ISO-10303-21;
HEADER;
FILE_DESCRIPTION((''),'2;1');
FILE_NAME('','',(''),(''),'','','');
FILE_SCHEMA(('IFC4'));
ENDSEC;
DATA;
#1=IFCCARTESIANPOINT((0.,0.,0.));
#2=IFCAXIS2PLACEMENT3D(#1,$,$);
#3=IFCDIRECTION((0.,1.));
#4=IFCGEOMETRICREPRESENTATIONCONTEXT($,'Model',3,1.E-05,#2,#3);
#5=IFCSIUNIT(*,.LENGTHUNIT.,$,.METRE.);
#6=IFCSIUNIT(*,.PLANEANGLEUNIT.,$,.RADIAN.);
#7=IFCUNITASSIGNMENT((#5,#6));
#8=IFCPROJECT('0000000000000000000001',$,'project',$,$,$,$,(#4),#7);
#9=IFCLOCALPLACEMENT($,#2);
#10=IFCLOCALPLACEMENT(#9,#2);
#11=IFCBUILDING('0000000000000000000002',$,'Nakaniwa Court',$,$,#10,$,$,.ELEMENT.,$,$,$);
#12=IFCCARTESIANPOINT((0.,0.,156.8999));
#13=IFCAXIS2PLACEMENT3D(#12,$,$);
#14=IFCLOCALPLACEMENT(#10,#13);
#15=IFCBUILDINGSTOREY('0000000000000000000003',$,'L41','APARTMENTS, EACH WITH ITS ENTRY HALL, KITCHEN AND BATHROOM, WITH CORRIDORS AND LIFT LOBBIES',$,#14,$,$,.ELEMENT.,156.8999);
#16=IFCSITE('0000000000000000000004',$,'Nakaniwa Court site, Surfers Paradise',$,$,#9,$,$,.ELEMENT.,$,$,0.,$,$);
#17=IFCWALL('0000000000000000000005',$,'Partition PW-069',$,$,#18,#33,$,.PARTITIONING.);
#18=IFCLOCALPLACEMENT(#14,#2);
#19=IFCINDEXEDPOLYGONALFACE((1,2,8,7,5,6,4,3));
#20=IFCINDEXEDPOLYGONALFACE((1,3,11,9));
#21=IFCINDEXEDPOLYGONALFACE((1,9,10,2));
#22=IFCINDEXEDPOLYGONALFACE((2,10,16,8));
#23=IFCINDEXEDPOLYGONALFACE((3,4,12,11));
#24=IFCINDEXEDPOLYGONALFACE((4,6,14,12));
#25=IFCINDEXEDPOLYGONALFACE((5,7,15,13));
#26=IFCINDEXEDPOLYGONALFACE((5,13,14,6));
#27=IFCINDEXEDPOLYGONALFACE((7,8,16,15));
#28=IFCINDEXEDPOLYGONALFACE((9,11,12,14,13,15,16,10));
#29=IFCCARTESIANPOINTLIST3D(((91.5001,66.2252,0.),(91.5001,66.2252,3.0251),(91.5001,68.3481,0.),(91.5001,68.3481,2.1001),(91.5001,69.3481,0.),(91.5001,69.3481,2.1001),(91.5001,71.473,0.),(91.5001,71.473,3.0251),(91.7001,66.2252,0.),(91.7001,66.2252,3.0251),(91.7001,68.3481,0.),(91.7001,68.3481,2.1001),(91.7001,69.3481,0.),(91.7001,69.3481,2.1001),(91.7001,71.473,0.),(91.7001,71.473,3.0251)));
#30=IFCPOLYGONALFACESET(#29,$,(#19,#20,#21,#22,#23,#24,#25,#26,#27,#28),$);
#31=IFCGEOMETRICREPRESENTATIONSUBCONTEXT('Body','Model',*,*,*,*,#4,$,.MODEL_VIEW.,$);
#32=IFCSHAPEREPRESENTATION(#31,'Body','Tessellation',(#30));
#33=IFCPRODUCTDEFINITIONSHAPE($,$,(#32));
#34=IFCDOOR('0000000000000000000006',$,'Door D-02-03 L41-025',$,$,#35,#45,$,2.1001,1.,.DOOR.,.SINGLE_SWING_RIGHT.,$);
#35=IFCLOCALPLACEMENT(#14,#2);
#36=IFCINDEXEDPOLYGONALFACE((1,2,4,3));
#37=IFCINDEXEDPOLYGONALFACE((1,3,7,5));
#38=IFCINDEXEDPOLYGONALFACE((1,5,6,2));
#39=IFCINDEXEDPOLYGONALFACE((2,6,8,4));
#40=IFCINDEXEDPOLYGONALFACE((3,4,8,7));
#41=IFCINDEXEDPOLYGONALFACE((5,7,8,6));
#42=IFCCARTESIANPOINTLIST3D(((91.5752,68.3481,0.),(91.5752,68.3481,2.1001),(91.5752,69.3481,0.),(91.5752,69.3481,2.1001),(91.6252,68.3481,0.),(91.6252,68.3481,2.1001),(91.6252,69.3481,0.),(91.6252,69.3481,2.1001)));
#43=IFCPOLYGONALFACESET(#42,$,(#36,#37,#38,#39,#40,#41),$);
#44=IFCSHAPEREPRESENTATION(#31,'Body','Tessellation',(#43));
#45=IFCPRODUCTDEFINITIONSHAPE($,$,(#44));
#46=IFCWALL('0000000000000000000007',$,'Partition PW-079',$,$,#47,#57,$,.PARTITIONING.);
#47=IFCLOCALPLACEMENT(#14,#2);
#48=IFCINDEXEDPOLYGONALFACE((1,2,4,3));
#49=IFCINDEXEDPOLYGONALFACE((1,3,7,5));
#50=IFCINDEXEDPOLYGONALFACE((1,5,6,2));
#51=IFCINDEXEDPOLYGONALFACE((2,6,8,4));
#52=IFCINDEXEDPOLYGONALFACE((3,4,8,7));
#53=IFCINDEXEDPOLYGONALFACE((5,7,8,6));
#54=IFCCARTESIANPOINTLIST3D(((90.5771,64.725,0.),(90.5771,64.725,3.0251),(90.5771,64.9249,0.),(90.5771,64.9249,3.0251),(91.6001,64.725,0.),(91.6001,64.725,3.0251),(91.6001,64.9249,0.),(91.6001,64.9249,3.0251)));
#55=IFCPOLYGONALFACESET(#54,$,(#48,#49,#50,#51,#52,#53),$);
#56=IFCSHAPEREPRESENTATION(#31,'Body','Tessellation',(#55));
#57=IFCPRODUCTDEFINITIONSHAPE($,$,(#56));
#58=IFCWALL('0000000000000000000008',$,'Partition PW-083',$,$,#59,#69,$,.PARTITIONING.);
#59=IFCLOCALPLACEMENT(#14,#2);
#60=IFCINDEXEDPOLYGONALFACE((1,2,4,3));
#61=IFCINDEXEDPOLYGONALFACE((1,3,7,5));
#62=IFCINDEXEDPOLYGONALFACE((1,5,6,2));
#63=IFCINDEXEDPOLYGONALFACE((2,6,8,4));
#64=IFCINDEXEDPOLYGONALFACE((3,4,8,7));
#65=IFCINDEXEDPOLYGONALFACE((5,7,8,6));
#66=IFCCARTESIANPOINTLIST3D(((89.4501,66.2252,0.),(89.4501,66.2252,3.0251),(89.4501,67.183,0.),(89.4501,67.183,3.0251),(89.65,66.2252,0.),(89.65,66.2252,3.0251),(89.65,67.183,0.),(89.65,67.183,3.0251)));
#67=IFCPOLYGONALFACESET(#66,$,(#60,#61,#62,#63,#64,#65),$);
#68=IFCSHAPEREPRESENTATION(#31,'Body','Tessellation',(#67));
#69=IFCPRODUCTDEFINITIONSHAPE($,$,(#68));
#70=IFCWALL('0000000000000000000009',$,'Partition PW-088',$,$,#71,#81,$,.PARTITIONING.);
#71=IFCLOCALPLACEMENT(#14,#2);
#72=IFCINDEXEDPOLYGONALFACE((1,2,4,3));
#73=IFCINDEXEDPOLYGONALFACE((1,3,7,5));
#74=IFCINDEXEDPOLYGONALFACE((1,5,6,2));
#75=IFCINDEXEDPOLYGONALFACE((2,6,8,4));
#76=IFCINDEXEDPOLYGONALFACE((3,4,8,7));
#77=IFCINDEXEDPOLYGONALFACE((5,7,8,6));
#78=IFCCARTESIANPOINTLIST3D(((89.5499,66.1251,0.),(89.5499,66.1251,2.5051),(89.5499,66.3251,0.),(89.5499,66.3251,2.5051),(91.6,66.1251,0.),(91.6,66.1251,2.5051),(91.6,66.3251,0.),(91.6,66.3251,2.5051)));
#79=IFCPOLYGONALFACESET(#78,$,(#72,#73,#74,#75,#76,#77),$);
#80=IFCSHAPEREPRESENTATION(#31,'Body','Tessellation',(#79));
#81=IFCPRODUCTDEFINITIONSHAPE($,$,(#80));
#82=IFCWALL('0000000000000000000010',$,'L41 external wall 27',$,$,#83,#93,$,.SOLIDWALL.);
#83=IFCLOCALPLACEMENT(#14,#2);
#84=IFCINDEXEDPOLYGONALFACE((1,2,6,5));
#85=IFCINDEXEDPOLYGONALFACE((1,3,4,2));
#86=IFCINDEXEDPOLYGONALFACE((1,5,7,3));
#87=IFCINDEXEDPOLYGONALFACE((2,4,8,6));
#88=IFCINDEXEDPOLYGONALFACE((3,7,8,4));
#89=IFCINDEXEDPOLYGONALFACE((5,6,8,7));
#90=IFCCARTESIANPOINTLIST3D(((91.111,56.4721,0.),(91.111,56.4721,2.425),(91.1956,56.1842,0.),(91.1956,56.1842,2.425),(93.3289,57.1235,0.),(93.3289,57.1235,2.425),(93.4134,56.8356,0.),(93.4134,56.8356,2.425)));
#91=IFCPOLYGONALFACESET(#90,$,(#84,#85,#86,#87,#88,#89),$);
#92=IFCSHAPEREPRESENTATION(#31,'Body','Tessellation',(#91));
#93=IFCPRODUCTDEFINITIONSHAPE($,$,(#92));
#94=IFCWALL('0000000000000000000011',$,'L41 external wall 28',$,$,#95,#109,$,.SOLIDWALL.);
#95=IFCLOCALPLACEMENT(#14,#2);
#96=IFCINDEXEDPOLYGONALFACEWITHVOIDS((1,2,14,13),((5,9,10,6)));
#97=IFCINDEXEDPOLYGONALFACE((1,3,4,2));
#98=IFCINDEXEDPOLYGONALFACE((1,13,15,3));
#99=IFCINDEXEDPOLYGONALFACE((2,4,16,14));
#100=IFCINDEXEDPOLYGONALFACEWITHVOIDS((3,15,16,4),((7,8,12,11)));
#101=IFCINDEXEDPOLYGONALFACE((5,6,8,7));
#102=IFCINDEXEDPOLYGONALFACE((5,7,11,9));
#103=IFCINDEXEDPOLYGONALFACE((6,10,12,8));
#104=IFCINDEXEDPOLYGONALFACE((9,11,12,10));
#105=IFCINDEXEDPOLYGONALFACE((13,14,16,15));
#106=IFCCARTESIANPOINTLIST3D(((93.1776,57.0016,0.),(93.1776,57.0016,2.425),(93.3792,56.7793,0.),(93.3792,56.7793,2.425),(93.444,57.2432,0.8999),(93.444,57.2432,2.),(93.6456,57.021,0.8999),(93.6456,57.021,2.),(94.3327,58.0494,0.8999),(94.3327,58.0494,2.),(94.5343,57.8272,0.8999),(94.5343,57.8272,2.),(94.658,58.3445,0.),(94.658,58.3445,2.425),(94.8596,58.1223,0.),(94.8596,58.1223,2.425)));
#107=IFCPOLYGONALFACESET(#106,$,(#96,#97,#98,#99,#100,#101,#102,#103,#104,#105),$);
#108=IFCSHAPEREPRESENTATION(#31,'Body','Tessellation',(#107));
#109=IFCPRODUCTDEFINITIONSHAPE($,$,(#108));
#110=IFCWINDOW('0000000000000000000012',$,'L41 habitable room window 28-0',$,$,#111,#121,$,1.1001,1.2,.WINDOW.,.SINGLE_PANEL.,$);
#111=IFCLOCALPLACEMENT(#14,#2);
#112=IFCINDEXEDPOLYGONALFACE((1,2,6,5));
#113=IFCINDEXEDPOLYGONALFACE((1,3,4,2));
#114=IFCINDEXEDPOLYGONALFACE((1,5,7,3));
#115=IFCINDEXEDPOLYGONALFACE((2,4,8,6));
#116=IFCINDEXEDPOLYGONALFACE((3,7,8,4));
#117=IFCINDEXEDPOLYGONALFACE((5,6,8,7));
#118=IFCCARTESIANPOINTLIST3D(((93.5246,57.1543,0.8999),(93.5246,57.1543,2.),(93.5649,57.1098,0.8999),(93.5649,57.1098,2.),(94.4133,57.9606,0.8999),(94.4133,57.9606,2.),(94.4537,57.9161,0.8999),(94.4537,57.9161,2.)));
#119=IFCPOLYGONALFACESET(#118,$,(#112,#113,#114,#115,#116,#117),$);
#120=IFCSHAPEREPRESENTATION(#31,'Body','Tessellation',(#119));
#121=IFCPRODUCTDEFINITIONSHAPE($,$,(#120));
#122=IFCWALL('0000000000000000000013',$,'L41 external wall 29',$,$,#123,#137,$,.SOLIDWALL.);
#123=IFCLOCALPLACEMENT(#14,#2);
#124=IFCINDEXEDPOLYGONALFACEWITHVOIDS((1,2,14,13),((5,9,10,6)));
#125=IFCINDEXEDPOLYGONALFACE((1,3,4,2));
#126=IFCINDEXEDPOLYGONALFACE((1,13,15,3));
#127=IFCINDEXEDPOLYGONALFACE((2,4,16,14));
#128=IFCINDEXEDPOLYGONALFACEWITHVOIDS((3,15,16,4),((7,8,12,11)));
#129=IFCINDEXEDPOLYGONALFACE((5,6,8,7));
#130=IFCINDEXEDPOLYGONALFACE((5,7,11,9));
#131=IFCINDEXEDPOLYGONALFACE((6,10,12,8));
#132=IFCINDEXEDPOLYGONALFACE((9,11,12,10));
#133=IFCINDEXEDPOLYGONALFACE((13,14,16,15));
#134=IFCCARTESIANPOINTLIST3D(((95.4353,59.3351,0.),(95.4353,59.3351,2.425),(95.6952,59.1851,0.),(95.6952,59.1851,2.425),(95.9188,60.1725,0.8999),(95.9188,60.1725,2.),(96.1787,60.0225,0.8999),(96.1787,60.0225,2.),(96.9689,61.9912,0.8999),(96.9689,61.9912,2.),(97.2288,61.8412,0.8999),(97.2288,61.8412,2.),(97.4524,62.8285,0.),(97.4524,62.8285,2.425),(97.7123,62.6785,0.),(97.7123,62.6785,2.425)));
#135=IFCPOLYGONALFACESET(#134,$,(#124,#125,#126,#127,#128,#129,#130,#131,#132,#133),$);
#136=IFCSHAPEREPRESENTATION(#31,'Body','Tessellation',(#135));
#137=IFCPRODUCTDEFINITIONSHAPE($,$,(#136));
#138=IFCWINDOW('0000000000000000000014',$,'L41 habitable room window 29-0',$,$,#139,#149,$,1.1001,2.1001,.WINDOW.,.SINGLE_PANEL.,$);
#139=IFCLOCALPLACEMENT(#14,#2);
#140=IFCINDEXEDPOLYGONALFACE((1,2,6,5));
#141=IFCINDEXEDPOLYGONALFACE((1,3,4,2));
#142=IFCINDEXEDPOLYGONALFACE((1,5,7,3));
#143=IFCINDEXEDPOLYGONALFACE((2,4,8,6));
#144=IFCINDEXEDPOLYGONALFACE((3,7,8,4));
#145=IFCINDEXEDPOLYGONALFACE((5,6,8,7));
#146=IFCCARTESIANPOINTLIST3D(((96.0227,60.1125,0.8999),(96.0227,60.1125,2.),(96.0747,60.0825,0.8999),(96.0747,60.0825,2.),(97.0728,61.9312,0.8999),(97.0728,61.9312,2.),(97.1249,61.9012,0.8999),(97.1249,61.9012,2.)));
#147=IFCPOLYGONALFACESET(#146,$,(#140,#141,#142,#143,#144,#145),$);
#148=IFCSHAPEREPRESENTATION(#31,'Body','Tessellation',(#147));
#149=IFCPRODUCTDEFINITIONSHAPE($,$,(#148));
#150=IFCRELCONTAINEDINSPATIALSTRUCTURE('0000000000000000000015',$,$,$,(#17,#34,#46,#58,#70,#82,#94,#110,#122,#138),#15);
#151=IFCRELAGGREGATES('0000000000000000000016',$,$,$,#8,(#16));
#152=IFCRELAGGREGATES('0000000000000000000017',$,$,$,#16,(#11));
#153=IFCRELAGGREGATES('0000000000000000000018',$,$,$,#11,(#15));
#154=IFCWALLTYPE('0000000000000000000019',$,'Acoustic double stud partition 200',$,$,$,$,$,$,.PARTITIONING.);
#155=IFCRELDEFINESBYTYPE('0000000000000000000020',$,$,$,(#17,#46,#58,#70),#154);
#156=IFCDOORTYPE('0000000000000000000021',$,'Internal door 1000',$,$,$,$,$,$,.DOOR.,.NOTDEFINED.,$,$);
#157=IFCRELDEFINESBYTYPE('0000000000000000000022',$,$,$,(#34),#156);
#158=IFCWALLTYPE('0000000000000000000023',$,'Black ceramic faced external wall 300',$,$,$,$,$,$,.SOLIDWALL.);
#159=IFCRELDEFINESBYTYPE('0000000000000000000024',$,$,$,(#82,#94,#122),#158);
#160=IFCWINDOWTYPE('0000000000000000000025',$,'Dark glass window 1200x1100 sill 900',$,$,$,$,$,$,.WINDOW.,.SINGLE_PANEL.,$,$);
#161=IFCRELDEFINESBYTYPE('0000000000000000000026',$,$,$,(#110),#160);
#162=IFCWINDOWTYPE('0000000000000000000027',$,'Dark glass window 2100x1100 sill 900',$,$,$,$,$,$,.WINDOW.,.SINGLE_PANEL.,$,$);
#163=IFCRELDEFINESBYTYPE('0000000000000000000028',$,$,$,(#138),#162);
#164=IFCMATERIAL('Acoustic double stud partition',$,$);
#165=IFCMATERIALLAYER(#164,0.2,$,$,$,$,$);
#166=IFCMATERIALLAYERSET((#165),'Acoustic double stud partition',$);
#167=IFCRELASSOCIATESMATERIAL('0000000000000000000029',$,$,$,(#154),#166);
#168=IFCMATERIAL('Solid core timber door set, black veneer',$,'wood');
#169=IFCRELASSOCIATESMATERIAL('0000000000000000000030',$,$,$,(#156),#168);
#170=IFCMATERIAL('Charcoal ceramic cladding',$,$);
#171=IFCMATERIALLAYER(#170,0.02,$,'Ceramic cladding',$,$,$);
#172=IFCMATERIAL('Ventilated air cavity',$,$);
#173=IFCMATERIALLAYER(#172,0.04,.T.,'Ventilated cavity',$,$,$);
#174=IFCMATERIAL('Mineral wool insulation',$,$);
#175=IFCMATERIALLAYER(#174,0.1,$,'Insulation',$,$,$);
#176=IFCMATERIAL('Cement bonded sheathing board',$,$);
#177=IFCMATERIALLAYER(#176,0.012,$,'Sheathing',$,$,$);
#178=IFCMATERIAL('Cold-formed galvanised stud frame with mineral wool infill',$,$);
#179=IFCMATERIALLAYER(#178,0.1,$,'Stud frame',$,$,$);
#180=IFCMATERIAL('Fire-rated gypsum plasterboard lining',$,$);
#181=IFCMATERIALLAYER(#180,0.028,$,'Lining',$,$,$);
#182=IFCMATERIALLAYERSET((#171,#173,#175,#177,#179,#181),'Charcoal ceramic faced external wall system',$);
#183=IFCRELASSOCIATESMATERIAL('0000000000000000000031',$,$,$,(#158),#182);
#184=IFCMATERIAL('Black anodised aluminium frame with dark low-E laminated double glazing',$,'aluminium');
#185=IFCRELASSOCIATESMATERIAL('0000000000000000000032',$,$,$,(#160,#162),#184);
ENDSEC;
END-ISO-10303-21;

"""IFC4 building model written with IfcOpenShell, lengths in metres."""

from ifc_helpers import new_model, si_unit, direction, frame, frame_2d, origin, place, context, subcontext, project, spatial, rectangle, extrude, material, layer, layer_set, type_object, element, fill, save


model = new_model("IFC4")

# Units and contexts
model_context = context("Model", 3, precision=1e-05, world=origin(), true_north=direction((0.0, 1.0)))
body_context = subcontext(model_context, "Body", "Model", "MODEL_VIEW")
ifc_project = project(units=[si_unit("LENGTHUNIT", "METRE"), si_unit("PLANEANGLEUNIT", "RADIAN")], contexts=[model_context])

# Site, building, storey
site_placement = place(None, origin())
site = spatial("IfcSite", under=ifc_project, at=site_placement, Name="Nakaniwa Court site, Surfers Paradise", CompositionType="ELEMENT", RefElevation=0.0)
building_placement = place(site_placement, origin())
building = spatial("IfcBuilding", under=site, at=building_placement, Name="Nakaniwa Court", CompositionType="ELEMENT")
storey_placement = place(building_placement, frame((0.0, 0.0, 156.8999)))
storey = spatial("IfcBuildingStorey", under=building, at=storey_placement, Name="L41", Description="APARTMENTS, EACH WITH ITS ENTRY HALL, KITCHEN AND BATHROOM, WITH CORRIDORS AND LIFT LOBBIES", CompositionType="ELEMENT", Elevation=156.8999)

# Shared definitions
ifc_material_1 = material(Name="Acoustic double stud partition")
ifc_layer_1 = layer(ifc_material_1, 0.2)
ifc_layer_set_1 = layer_set([ifc_layer_1], Name="Acoustic double stud partition")
wall_type_1 = type_object("IfcWallType", Name="Acoustic double stud partition 200", PredefinedType="PARTITIONING", material=ifc_layer_set_1)

# Wall, opening, door
ifc_material_2 = material(Name="Solid core timber door set, black veneer", Category="wood")
door_type = type_object("IfcDoorType", Name="Internal door 1000", OperationType="NOTDEFINED", PredefinedType="DOOR", material=ifc_material_2)
wall_1_placement = place(storey_placement, frame((91.6001, 66.2251, 0.0), z_axis=(0.0, 0.0, 1.0), x_axis=(0.0, 1.0, 0.0)))
wall_1 = element("IfcWall", 1, at=wall_1_placement, inside=storey, type_object=wall_type_1, Name="Partition PW-069", PredefinedType="PARTITIONING", context=body_context, shape_type="SweptSolid", body=[
    extrude(rectangle(XDim=5.2478, YDim=0.2, at=frame_2d((2.624, 0.0))), origin(), (0.0, 0.0, 1.0), 3.0251),
])
opening_1_placement = place(wall_1_placement, frame((2.123, 0.0, 0.0)))
opening_1 = element("IfcOpeningElement", 2, at=opening_1_placement, cuts=wall_1, PredefinedType="OPENING", context=body_context, shape_type="SweptSolid", body=[
    extrude(rectangle(XDim=1.0, YDim=2.1001, at=frame_2d((0.5, 1.05))), frame((0.0, 0.1099, 0.0), z_axis=(0.0, -1.0, 0.0), x_axis=(1.0, 0.0, 0.0)), (0.0, 0.0, 1.0), 0.22),
])
door_1_placement = place(opening_1_placement, origin())
door_1 = element("IfcDoor", 3, at=door_1_placement, inside=storey, type_object=door_type, Name="Door D-02-03 L41-025", OperationType="SINGLE_SWING_RIGHT", OverallHeight=2.1001, OverallWidth=1.0, PredefinedType="DOOR", context=body_context, shape_type="SweptSolid", body=[
    extrude(rectangle(XDim=1.0, YDim=2.1001, at=frame_2d((0.5, 1.05))), frame((0.0, 0.0249, 0.0), z_axis=(0.0, -1.0, 0.0), x_axis=(1.0, 0.0, 0.0)), (0.0, 0.0, 1.0), 0.05),
])
fill(opening_1, door_1)

# Walls
wall_2_placement = place(storey_placement, frame((90.5771, 64.825, 0.0), z_axis=(0.0, 0.0, 1.0), x_axis=(1.0, 0.0, 0.0)))
element("IfcWall", 4, at=wall_2_placement, inside=storey, type_object=wall_type_1, Name="Partition PW-079", PredefinedType="PARTITIONING", context=body_context, shape_type="SweptSolid", body=[
    extrude(rectangle(XDim=1.0229, YDim=0.2, at=frame_2d((0.5115, 0.0))), origin(), (0.0, 0.0, 1.0), 3.0251),
])
wall_3_placement = place(storey_placement, frame((89.55, 66.2251, 0.0), z_axis=(0.0, 0.0, 1.0), x_axis=(0.0, 1.0, 0.0)))
element("IfcWall", 5, at=wall_3_placement, inside=storey, type_object=wall_type_1, Name="Partition PW-083", PredefinedType="PARTITIONING", context=body_context, shape_type="SweptSolid", body=[
    extrude(rectangle(XDim=0.9578, YDim=0.2, at=frame_2d((0.479, 0.0))), origin(), (0.0, 0.0, 1.0), 3.0251),
])
wall_4_placement = place(storey_placement, frame((89.55, 66.2251, 0.0), z_axis=(0.0, 0.0, 1.0), x_axis=(1.0, 0.0, 0.0)))
element("IfcWall", 6, at=wall_4_placement, inside=storey, type_object=wall_type_1, Name="Partition PW-088", PredefinedType="PARTITIONING", context=body_context, shape_type="SweptSolid", body=[
    extrude(rectangle(XDim=2.05, YDim=0.2, at=frame_2d((1.0249, 0.0))), origin(), (0.0, 0.0, 1.0), 2.5051),
])
ifc_material_3 = material(Name="Charcoal ceramic cladding")
ifc_layer_2 = layer(ifc_material_3, 0.02, Name="Ceramic cladding")
ifc_material_4 = material(Name="Ventilated air cavity")
ifc_layer_3 = layer(ifc_material_4, 0.04, ventilated=True, Name="Ventilated cavity")
ifc_material_5 = material(Name="Mineral wool insulation")
ifc_layer_4 = layer(ifc_material_5, 0.1, Name="Insulation")
ifc_material_6 = material(Name="Cement bonded sheathing board")
ifc_layer_5 = layer(ifc_material_6, 0.012, Name="Sheathing")
ifc_material_7 = material(Name="Cold-formed galvanised stud frame with mineral wool infill")
ifc_layer_6 = layer(ifc_material_7, 0.1, Name="Stud frame")
ifc_material_8 = material(Name="Fire-rated gypsum plasterboard lining")
ifc_layer_7 = layer(ifc_material_8, 0.028, Name="Lining")
ifc_layer_set_2 = layer_set([ifc_layer_2, ifc_layer_3, ifc_layer_4, ifc_layer_5, ifc_layer_6, ifc_layer_7], Name="Charcoal ceramic faced external wall system")
wall_type_2 = type_object("IfcWallType", Name="Black ceramic faced external wall 300", PredefinedType="SOLIDWALL", material=ifc_layer_set_2)
wall_5_placement = place(storey_placement, frame((91.1533, 56.3281, 0.0), z_axis=(0.0, 0.0, 1.0), x_axis=(0.959473, 0.2818, 0.0)))
element("IfcWall", 7, at=wall_5_placement, inside=storey, type_object=wall_type_2, Name="L41 external wall 27", PredefinedType="SOLIDWALL", context=body_context, shape_type="SweptSolid", body=[
    extrude(rectangle(XDim=2.3115, YDim=0.3, at=frame_2d((1.1558, 0.0))), origin(), (0.0, 0.0, 1.0), 2.425),
])

# Walls, openings, windows
wall_6_placement = place(storey_placement, frame((93.2783, 56.8904, 0.0), z_axis=(0.0, 0.0, 1.0), x_axis=(0.740653, 0.671888, 0.0)))
wall_6 = element("IfcWall", 8, at=wall_6_placement, inside=storey, type_object=wall_type_2, Name="L41 external wall 28", PredefinedType="SOLIDWALL", context=body_context, shape_type="SweptSolid", body=[
    extrude(rectangle(XDim=1.9988, YDim=0.3, at=frame_2d((0.9995, 0.0))), origin(), (0.0, 0.0, 1.0), 2.425),
])
opening_2_placement = place(wall_6_placement, frame((0.3596, 0.0, 0.8999)))
opening_2 = element("IfcOpeningElement", 9, at=opening_2_placement, cuts=wall_6, PredefinedType="OPENING", context=body_context, shape_type="SweptSolid", body=[
    extrude(rectangle(XDim=1.2, YDim=1.1001, at=frame_2d((0.6001, 0.55))), frame((0.0, 0.1599, 0.0), z_axis=(0.0, -1.0, 0.0), x_axis=(1.0, 0.0, 0.0)), (0.0, 0.0, 1.0), 0.3201),
])
ifc_material_9 = material(Name="Black anodised aluminium frame with dark low-E laminated double glazing", Category="aluminium")
window_type_1 = type_object("IfcWindowType", Name="Dark glass window 1200x1100 sill 900", PartitioningType="SINGLE_PANEL", PredefinedType="WINDOW", material=ifc_material_9)
window_1_placement = place(opening_2_placement, origin())
window_1 = element("IfcWindow", 10, at=window_1_placement, inside=storey, type_object=window_type_1, Name="L41 habitable room window 28-0", OverallHeight=1.1001, OverallWidth=1.2, PartitioningType="SINGLE_PANEL", PredefinedType="WINDOW", context=body_context, shape_type="SweptSolid", body=[
    extrude(rectangle(XDim=1.2, YDim=1.1001, at=frame_2d((0.6001, 0.55))), frame((0.0, 0.03, 0.0), z_axis=(0.0, -1.0, 0.0), x_axis=(1.0, 0.0, 0.0)), (0.0, 0.0, 1.0), 0.0601),
])
fill(opening_2, window_1)
wall_7_placement = place(storey_placement, frame((95.5652, 59.26, 0.0), z_axis=(0.0, 0.0, 1.0), x_axis=(0.500032, 0.866007, 0.0)))
wall_7 = element("IfcWall", 11, at=wall_7_placement, inside=storey, type_object=wall_type_2, Name="L41 external wall 29", PredefinedType="SOLIDWALL", context=body_context, shape_type="SweptSolid", body=[
    extrude(rectangle(XDim=4.0339, YDim=0.3, at=frame_2d((2.0171, 0.0))), origin(), (0.0, 0.0, 1.0), 2.425),
])
opening_3_placement = place(wall_7_placement, frame((0.967, 0.0, 0.8999)))
opening_3 = element("IfcOpeningElement", 12, at=opening_3_placement, cuts=wall_7, PredefinedType="OPENING", context=body_context, shape_type="SweptSolid", body=[
    extrude(rectangle(XDim=2.1001, YDim=1.1001, at=frame_2d((1.05, 0.55))), frame((0.0, 0.1599, 0.0), z_axis=(0.0, -1.0, 0.0), x_axis=(1.0, 0.0, 0.0)), (0.0, 0.0, 1.0), 0.3201),
])
window_type_2 = type_object("IfcWindowType", Name="Dark glass window 2100x1100 sill 900", PartitioningType="SINGLE_PANEL", PredefinedType="WINDOW", material=ifc_material_9)
window_2_placement = place(opening_3_placement, origin())
window_2 = element("IfcWindow", 13, at=window_2_placement, inside=storey, type_object=window_type_2, Name="L41 habitable room window 29-0", OverallHeight=1.1001, OverallWidth=2.1001, PartitioningType="SINGLE_PANEL", PredefinedType="WINDOW", context=body_context, shape_type="SweptSolid", body=[
    extrude(rectangle(XDim=2.1001, YDim=1.1001, at=frame_2d((1.05, 0.55))), frame((0.0, 0.03, 0.0), z_axis=(0.0, -1.0, 0.0), x_axis=(1.0, 0.0, 0.0)), (0.0, 0.0, 1.0), 0.0601),
])
fill(opening_3, window_2)

save(model, "model.ifc")
